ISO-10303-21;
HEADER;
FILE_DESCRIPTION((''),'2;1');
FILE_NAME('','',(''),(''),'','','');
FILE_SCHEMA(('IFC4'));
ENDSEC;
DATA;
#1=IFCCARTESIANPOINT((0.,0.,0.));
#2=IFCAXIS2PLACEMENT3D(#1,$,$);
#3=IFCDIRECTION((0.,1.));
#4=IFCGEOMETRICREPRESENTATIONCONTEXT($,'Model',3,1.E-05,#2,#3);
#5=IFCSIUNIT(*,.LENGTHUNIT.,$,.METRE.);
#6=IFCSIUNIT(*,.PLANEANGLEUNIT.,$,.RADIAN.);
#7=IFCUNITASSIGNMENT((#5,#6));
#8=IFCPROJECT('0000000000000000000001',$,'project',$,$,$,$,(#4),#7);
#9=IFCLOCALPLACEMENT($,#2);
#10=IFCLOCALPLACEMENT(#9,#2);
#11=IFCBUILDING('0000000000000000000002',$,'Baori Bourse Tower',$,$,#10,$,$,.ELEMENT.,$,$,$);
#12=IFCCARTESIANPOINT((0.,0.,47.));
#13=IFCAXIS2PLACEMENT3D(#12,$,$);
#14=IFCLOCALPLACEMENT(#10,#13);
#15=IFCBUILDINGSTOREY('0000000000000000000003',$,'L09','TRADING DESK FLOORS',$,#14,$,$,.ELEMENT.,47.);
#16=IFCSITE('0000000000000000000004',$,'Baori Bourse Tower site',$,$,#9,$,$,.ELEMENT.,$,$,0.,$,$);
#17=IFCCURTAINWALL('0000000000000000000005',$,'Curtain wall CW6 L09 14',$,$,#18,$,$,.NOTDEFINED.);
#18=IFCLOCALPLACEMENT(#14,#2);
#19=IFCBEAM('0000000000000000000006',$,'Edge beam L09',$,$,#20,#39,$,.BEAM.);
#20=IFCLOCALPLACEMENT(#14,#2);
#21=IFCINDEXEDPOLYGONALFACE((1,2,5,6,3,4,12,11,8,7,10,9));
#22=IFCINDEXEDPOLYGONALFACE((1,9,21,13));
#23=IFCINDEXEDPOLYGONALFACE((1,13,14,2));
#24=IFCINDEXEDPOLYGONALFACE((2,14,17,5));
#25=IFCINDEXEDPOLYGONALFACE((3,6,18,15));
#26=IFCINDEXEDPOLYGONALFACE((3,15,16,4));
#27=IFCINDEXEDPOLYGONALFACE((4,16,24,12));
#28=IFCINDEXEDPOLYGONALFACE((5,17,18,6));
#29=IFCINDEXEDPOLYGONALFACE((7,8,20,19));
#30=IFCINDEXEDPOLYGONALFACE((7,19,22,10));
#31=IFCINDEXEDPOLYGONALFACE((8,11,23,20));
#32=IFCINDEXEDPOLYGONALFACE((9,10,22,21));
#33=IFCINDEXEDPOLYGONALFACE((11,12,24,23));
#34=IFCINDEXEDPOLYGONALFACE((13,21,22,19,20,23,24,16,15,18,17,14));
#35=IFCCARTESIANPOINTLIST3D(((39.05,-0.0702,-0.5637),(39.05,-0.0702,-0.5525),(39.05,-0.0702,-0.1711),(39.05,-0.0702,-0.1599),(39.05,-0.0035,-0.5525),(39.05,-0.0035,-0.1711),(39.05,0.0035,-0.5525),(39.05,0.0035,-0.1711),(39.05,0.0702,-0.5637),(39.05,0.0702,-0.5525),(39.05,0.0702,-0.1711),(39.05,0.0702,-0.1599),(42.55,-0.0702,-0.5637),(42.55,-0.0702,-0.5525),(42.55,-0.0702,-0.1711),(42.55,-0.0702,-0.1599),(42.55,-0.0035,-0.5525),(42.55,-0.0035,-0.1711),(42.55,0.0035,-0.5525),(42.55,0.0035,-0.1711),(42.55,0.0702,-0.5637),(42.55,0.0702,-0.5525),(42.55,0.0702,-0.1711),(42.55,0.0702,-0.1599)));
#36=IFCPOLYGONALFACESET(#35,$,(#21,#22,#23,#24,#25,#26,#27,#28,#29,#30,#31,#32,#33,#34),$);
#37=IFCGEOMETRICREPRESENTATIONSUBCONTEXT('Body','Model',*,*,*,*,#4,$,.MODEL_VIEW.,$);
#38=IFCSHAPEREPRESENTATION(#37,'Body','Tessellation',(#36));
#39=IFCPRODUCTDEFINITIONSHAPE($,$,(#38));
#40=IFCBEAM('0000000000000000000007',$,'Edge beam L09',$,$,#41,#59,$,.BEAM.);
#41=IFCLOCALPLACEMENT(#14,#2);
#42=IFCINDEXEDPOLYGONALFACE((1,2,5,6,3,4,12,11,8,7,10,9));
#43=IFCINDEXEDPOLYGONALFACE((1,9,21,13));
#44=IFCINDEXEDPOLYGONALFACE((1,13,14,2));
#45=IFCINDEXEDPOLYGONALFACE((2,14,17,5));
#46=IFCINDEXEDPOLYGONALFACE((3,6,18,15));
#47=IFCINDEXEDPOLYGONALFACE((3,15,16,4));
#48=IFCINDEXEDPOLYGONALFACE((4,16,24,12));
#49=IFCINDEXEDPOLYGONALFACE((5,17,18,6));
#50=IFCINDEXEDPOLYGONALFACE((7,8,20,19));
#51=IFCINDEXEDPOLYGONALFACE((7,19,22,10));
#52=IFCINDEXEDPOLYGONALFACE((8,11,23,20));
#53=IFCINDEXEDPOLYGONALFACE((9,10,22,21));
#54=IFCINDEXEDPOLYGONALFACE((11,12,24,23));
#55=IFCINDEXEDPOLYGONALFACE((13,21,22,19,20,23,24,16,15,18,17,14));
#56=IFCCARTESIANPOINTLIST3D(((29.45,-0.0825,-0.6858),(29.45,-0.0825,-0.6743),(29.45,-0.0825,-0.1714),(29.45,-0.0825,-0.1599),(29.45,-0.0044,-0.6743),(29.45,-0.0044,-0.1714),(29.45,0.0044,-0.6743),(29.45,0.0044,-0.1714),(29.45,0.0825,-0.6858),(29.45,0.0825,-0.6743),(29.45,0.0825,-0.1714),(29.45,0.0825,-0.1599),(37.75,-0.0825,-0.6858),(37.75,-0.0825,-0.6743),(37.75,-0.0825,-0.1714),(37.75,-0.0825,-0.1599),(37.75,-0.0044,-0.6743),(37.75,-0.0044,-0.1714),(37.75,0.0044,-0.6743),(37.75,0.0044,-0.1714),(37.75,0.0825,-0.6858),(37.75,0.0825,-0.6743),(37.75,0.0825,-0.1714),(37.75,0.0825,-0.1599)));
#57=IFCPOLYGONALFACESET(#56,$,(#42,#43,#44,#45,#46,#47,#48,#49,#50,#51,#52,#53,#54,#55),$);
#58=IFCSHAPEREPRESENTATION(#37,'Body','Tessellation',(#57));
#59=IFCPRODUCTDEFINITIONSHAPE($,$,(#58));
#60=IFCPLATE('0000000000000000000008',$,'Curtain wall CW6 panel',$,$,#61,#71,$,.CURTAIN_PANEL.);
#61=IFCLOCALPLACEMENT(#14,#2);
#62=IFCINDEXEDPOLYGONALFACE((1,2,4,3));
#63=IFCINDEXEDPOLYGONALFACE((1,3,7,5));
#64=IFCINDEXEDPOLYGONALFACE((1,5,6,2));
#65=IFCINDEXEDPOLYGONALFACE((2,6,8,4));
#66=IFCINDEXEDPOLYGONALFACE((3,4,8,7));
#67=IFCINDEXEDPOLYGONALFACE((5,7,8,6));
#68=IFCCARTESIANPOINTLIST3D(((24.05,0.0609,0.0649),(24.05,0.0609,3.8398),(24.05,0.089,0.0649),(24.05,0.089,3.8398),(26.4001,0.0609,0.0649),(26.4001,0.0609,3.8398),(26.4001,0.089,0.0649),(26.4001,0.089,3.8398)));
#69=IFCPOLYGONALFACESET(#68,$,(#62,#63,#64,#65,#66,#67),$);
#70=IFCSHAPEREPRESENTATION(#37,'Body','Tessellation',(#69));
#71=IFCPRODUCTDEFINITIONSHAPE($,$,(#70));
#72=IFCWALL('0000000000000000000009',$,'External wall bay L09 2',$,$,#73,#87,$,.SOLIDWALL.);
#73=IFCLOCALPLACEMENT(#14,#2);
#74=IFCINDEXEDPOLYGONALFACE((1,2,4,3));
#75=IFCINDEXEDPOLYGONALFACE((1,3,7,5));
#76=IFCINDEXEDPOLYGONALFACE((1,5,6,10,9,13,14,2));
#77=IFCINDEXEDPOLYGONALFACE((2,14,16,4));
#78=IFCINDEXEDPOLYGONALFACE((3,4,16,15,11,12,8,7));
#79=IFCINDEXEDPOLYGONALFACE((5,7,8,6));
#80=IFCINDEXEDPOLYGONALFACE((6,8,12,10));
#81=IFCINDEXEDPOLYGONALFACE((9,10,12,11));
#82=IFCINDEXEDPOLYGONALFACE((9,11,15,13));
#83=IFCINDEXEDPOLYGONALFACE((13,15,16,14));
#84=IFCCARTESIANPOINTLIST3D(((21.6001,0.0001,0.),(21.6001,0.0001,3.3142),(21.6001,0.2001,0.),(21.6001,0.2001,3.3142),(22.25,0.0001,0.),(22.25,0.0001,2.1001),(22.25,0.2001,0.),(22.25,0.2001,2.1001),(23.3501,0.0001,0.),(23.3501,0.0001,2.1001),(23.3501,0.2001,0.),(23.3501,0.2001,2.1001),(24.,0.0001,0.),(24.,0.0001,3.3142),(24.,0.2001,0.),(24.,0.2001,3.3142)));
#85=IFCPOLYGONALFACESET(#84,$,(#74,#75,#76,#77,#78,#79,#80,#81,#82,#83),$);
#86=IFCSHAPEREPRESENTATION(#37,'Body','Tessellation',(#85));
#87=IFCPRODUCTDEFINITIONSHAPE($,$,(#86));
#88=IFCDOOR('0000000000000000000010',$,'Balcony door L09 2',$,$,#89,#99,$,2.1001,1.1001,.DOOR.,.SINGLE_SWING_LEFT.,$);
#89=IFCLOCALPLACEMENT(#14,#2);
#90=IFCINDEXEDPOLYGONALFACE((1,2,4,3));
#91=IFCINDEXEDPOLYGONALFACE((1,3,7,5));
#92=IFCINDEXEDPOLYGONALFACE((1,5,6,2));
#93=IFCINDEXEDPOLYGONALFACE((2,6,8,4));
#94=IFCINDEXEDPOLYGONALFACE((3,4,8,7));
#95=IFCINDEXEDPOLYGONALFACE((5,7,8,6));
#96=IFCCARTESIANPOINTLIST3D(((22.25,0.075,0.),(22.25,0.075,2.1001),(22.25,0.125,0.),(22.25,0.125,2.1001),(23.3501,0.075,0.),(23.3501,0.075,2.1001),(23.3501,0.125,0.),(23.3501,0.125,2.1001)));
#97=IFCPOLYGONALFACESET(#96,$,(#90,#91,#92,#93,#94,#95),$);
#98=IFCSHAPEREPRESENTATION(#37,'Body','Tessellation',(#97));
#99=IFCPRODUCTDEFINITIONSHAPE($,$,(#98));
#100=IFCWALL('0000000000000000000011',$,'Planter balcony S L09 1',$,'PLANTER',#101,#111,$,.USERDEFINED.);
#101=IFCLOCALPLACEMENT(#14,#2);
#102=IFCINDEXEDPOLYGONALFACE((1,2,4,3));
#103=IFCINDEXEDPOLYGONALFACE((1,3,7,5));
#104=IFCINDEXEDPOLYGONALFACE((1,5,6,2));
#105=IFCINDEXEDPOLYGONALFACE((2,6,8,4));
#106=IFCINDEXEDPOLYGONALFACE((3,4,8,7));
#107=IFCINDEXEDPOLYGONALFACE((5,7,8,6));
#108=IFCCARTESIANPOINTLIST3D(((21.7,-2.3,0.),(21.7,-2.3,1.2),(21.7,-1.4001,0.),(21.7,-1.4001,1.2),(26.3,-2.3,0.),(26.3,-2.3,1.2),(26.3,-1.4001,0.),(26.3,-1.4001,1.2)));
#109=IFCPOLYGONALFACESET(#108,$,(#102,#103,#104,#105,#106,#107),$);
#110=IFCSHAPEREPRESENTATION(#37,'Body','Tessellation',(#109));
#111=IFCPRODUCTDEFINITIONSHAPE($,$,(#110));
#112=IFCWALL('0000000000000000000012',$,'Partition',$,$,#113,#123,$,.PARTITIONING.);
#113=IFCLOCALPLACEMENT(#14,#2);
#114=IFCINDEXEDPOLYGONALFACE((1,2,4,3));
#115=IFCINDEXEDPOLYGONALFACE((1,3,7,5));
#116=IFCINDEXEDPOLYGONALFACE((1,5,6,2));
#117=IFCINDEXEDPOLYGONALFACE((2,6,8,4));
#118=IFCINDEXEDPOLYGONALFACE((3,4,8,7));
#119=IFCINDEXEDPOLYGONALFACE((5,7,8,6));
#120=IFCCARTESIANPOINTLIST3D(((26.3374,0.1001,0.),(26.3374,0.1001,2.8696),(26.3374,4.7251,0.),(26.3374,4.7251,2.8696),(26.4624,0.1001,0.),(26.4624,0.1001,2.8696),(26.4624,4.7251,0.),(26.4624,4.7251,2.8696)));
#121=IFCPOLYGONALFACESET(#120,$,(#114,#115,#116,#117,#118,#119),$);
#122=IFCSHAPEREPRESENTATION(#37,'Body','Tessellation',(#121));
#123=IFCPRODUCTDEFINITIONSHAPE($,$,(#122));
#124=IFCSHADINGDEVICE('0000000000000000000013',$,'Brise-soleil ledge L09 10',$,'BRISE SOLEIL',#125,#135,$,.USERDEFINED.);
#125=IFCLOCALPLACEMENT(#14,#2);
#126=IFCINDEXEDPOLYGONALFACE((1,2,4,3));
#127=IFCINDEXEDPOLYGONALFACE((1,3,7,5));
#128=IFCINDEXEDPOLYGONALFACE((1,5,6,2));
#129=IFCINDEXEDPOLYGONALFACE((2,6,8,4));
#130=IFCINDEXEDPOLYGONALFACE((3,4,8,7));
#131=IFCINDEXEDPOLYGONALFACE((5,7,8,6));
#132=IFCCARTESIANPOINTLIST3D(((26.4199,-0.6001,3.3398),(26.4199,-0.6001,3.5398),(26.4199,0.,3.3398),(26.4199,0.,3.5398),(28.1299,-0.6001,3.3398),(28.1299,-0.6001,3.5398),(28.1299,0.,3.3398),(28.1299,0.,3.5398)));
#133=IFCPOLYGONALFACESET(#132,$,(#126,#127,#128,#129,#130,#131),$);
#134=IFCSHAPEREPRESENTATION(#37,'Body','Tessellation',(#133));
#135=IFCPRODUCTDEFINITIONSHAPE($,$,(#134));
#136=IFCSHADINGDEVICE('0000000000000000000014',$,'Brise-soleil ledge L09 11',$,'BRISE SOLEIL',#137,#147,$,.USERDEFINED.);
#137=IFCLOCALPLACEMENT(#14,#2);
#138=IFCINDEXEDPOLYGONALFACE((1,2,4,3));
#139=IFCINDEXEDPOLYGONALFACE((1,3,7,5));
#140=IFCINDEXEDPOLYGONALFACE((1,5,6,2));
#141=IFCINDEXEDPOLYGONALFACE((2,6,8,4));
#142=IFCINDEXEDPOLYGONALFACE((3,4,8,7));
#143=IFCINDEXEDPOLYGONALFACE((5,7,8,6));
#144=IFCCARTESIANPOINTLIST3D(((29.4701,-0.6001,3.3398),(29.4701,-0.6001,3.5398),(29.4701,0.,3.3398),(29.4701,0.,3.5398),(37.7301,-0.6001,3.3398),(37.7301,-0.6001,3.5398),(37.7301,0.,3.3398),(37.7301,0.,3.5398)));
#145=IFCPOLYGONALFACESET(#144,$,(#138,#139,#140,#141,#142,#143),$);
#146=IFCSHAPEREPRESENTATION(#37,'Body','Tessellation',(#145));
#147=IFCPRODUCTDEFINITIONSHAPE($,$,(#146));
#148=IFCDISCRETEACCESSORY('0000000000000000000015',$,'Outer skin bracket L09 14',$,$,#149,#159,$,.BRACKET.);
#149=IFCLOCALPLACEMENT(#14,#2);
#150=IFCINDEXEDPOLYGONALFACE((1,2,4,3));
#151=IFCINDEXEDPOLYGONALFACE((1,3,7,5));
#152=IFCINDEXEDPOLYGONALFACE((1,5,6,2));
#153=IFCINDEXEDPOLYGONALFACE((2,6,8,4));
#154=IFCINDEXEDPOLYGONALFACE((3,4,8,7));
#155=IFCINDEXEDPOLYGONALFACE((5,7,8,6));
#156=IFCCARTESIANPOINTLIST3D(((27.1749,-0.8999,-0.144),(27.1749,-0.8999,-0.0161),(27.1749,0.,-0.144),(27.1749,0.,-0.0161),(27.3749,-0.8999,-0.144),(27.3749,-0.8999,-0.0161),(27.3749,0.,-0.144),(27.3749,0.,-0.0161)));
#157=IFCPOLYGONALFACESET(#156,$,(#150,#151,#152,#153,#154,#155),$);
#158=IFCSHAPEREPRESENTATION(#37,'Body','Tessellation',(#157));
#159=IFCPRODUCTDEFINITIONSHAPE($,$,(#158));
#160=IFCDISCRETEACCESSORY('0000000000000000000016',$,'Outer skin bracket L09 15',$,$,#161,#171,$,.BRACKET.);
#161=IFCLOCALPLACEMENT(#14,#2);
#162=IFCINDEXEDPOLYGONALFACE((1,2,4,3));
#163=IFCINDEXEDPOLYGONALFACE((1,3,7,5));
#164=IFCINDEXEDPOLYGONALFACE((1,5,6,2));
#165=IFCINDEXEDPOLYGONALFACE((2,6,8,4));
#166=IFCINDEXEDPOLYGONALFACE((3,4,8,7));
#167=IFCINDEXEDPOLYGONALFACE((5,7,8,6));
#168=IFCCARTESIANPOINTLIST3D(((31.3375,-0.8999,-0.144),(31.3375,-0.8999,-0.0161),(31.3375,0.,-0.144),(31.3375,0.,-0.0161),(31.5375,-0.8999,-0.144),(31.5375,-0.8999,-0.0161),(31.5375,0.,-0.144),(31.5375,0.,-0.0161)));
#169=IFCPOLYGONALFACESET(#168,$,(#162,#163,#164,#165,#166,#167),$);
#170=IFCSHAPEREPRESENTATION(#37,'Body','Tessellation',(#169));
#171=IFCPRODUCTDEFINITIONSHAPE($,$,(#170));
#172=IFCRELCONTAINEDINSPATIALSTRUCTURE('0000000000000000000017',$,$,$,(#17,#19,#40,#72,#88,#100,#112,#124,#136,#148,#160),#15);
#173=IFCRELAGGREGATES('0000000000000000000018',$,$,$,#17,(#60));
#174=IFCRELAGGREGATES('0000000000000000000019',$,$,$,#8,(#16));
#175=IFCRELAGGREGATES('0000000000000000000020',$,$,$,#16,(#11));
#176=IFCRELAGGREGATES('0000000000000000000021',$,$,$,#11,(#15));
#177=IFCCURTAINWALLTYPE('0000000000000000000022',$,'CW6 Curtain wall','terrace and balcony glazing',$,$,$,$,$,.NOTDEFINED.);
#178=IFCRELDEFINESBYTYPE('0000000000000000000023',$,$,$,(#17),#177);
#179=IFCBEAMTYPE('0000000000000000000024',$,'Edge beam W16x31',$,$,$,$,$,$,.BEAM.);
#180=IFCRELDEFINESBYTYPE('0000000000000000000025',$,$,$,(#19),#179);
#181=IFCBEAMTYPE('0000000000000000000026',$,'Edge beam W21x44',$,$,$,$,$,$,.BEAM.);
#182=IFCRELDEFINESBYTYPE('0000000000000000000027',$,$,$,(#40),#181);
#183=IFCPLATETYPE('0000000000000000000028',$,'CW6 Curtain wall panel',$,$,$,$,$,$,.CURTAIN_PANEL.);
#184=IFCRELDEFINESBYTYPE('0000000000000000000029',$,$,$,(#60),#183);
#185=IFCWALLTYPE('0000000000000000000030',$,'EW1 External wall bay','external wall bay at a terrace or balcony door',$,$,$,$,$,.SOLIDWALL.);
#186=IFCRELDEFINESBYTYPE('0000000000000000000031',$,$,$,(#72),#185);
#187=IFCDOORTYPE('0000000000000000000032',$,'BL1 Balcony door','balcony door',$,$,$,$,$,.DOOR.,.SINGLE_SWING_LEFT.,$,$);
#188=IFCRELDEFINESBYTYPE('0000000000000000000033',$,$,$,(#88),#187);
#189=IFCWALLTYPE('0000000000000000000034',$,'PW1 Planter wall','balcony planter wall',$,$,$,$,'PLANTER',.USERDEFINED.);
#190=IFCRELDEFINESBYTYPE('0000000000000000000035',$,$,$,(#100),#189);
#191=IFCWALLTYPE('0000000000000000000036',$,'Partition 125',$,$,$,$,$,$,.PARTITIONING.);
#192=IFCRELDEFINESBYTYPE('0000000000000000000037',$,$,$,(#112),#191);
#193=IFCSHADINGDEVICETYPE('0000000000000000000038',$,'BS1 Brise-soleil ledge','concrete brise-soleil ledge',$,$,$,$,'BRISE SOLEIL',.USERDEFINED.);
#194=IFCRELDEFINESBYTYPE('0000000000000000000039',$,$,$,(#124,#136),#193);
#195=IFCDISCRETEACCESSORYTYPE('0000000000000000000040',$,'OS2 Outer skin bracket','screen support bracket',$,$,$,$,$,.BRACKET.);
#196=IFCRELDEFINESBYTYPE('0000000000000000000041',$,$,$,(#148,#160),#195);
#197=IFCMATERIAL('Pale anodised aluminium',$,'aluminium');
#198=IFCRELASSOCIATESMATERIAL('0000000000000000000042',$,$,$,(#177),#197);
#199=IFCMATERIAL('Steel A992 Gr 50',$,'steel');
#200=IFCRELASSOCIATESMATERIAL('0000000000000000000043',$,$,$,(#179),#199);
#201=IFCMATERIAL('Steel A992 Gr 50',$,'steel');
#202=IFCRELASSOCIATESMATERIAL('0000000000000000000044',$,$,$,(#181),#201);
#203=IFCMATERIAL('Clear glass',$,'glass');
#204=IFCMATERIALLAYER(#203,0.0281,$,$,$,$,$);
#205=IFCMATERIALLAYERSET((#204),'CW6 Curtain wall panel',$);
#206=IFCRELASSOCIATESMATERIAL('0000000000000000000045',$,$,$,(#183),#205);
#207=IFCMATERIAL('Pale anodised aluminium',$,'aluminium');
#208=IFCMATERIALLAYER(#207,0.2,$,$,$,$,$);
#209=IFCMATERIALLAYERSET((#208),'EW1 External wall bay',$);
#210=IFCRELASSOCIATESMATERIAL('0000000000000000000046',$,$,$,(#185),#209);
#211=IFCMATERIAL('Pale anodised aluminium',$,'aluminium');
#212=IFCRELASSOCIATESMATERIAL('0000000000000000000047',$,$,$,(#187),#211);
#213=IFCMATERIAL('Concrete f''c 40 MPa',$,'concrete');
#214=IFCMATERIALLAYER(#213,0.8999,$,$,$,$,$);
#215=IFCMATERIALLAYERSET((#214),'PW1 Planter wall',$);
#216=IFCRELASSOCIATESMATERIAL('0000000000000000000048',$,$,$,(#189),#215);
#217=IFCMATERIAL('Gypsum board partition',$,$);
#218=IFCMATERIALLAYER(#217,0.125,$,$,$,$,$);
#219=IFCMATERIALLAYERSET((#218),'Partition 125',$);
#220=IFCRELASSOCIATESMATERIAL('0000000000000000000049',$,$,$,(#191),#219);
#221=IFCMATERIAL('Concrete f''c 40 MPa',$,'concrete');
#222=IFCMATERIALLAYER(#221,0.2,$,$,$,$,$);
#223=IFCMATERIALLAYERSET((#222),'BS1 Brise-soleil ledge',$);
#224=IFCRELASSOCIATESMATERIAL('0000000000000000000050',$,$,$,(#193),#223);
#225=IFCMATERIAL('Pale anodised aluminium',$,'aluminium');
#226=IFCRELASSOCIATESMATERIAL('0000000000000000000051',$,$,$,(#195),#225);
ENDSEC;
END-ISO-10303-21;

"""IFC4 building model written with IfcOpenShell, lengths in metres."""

from ifc_helpers import new_model, si_unit, direction, frame, frame_2d, origin, origin_2d, place, context, subcontext, project, spatial, rectangle, i_section, extrude, material, layer, layer_set, material_profile, profile_set, type_object, element, fill, aggregate, save


model = new_model("IFC4")

# Units and contexts
model_context = context("Model", 3, precision=1e-05, world=origin(), true_north=direction((0.0, 1.0)))
body_context = subcontext(model_context, "Body", "Model", "MODEL_VIEW")
ifc_project = project(units=[si_unit("LENGTHUNIT", "METRE"), si_unit("PLANEANGLEUNIT", "RADIAN")], contexts=[model_context])

# Site, building, storey
site_placement = place(None, origin())
site = spatial("IfcSite", under=ifc_project, at=site_placement, Name="Baori Bourse Tower site", CompositionType="ELEMENT", RefElevation=0.0)
building_placement = place(site_placement, origin())
building = spatial("IfcBuilding", under=site, at=building_placement, Name="Baori Bourse Tower", CompositionType="ELEMENT")
storey_placement = place(building_placement, frame((0.0, 0.0, 47.0)))
storey = spatial("IfcBuildingStorey", under=building, at=storey_placement, Name="L09", Description="TRADING DESK FLOORS", CompositionType="ELEMENT", Elevation=47.0)

# Curtain wall
ifc_material_1 = material(Name="Pale anodised aluminium", Category="aluminium")
curtain_wall_type_1 = type_object("IfcCurtainWallType", Name="CW6 Curtain wall", Description="terrace and balcony glazing", PredefinedType="NOTDEFINED", material=ifc_material_1)
curtain_wall_1_placement = place(storey_placement, origin())
curtain_wall_1 = element("IfcCurtainWall", 1, at=curtain_wall_1_placement, inside=storey, type_object=curtain_wall_type_1, Name="Curtain wall CW6 L09 14", PredefinedType="NOTDEFINED")

# Beams
ifc_material_2 = material(Name="Steel A992 Gr 50", Category="steel")
ifc_material_profile_1 = material_profile(ifc_material_2, i_section(OverallWidth=0.1404, OverallDepth=0.4038, WebThickness=0.0071, FlangeThickness=0.0112, at=origin_2d()), Name="W16x31")
ifc_profile_set_1 = profile_set([ifc_material_profile_1], Name="Steel A992 Gr 50")
beam_type_1 = type_object("IfcBeamType", Name="Edge beam W16x31", PredefinedType="BEAM", material=ifc_profile_set_1)
beam_1_placement = place(storey_placement, frame((39.05, 0.0, -0.3618), z_axis=(1.0, 0.0, 0.0), x_axis=(0.0, 1.0, 0.0)))
element("IfcBeam", 2, at=beam_1_placement, inside=storey, type_object=beam_type_1, Name="Edge beam L09", PredefinedType="BEAM", context=body_context, shape_type="SweptSolid", body=[
    extrude(i_section(OverallWidth=0.1404, OverallDepth=0.4038, WebThickness=0.0071, FlangeThickness=0.0112, at=origin_2d()), origin(), (0.0, 0.0, 1.0), 3.5),
])
ifc_material_3 = material(Name="Steel A992 Gr 50", Category="steel")
ifc_material_profile_2 = material_profile(ifc_material_3, i_section(OverallWidth=0.165, OverallDepth=0.5259, WebThickness=0.0088, FlangeThickness=0.0115, at=origin_2d()), Name="W21x44")
ifc_profile_set_2 = profile_set([ifc_material_profile_2], Name="Steel A992 Gr 50")
beam_type_2 = type_object("IfcBeamType", Name="Edge beam W21x44", PredefinedType="BEAM", material=ifc_profile_set_2)
beam_2_placement = place(storey_placement, frame((29.45, 0.0, -0.4229), z_axis=(1.0, 0.0, 0.0), x_axis=(0.0, 1.0, 0.0)))
element("IfcBeam", 3, at=beam_2_placement, inside=storey, type_object=beam_type_2, Name="Edge beam L09", PredefinedType="BEAM", context=body_context, shape_type="SweptSolid", body=[
    extrude(i_section(OverallWidth=0.165, OverallDepth=0.5259, WebThickness=0.0088, FlangeThickness=0.0115, at=origin_2d()), origin(), (0.0, 0.0, 1.0), 8.3),
])

# Plate
ifc_material_4 = material(Name="Clear glass", Category="glass")
ifc_layer_1 = layer(ifc_material_4, 0.0281)
ifc_layer_set_1 = layer_set([ifc_layer_1], Name="CW6 Curtain wall panel")
plate_type = type_object("IfcPlateType", Name="CW6 Curtain wall panel", PredefinedType="CURTAIN_PANEL", material=ifc_layer_set_1)
plate_placement = place(storey_placement, frame((25.2251, 0.075, 0.0649), z_axis=(0.0, 0.0, 1.0), x_axis=(1.0, 0.0, 0.0)))
plate = element("IfcPlate", 4, at=plate_placement, type_object=plate_type, Name="Curtain wall CW6 panel", PredefinedType="CURTAIN_PANEL", context=body_context, shape_type="SweptSolid", body=[
    extrude(rectangle(XDim=2.3501, YDim=0.0281, at=origin_2d()), origin(), (0.0, 0.0, 1.0), 3.7749),
])
aggregate(curtain_wall_1, [plate])

# Wall, opening, door
ifc_material_5 = material(Name="Pale anodised aluminium", Category="aluminium")
ifc_layer_2 = layer(ifc_material_5, 0.2)
ifc_layer_set_2 = layer_set([ifc_layer_2], Name="EW1 External wall bay")
wall_type_1 = type_object("IfcWallType", Name="EW1 External wall bay", Description="external wall bay at a terrace or balcony door", PredefinedType="SOLIDWALL", material=ifc_layer_set_2)
wall_1_placement = place(storey_placement, frame((21.6001, 0.1001, 0.0), z_axis=(0.0, 0.0, 1.0), x_axis=(1.0, 0.0, 0.0)))
wall_1 = element("IfcWall", 5, at=wall_1_placement, inside=storey, type_object=wall_type_1, Name="External wall bay L09 2", PredefinedType="SOLIDWALL", context=body_context, shape_type="SweptSolid", body=[
    extrude(rectangle(XDim=2.3999, YDim=0.2, at=frame_2d((1.2, 0.0))), origin(), (0.0, 0.0, 1.0), 3.3142),
])
opening_placement = place(wall_1_placement, frame((0.6499, 0.0, 0.0)))
opening = element("IfcOpeningElement", 6, at=opening_placement, cuts=wall_1, PredefinedType="OPENING", context=body_context, shape_type="SweptSolid", body=[
    extrude(rectangle(XDim=1.1001, YDim=2.1001, at=frame_2d((0.55, 1.05))), frame((0.0, 0.1099, 0.0), z_axis=(0.0, -1.0, 0.0), x_axis=(1.0, 0.0, 0.0)), (0.0, 0.0, 1.0), 0.22),
])
ifc_material_6 = material(Name="Pale anodised aluminium", Category="aluminium")
door_type = type_object("IfcDoorType", Name="BL1 Balcony door", Description="balcony door", OperationType="SINGLE_SWING_LEFT", PredefinedType="DOOR", material=ifc_material_6)
door_placement = place(opening_placement, origin())
door = element("IfcDoor", 7, at=door_placement, inside=storey, type_object=door_type, Name="Balcony door L09 2", OperationType="SINGLE_SWING_LEFT", OverallHeight=2.1001, OverallWidth=1.1001, PredefinedType="DOOR", context=body_context, shape_type="SweptSolid", body=[
    extrude(rectangle(XDim=1.1001, YDim=2.1001, at=frame_2d((0.55, 1.05))), frame((0.0, 0.0249, 0.0), z_axis=(0.0, -1.0, 0.0), x_axis=(1.0, 0.0, 0.0)), (0.0, 0.0, 1.0), 0.05),
])
fill(opening, door)

# Walls
ifc_material_7 = material(Name="Concrete f'c 40 MPa", Category="concrete")
ifc_layer_3 = layer(ifc_material_7, 0.8999)
ifc_layer_set_3 = layer_set([ifc_layer_3], Name="PW1 Planter wall")
wall_type_2 = type_object("IfcWallType", Name="PW1 Planter wall", Description="balcony planter wall", ElementType="PLANTER", PredefinedType="USERDEFINED", material=ifc_layer_set_3)
wall_2_placement = place(storey_placement, frame((21.7, -1.8501, 0.0), z_axis=(0.0, 0.0, 1.0), x_axis=(1.0, 0.0, 0.0)))
element("IfcWall", 8, at=wall_2_placement, inside=storey, type_object=wall_type_2, Name="Planter balcony S L09 1", ObjectType="PLANTER", PredefinedType="USERDEFINED", context=body_context, shape_type="SweptSolid", body=[
    extrude(rectangle(XDim=4.6001, YDim=0.8999, at=frame_2d((2.3, 0.0))), origin(), (0.0, 0.0, 1.0), 1.2),
])
ifc_material_8 = material(Name="Gypsum board partition")
ifc_layer_4 = layer(ifc_material_8, 0.125)
ifc_layer_set_4 = layer_set([ifc_layer_4], Name="Partition 125")
wall_type_3 = type_object("IfcWallType", Name="Partition 125", PredefinedType="PARTITIONING", material=ifc_layer_set_4)
wall_3_placement = place(storey_placement, frame((26.3999, 0.1001, 0.0), z_axis=(0.0, 0.0, 1.0), x_axis=(0.0, 1.0, 0.0)))
element("IfcWall", 9, at=wall_3_placement, inside=storey, type_object=wall_type_3, Name="Partition", PredefinedType="PARTITIONING", context=body_context, shape_type="SweptSolid", body=[
    extrude(rectangle(XDim=4.625, YDim=0.125, at=frame_2d((2.3125, 0.0))), origin(), (0.0, 0.0, 1.0), 2.8696),
])

# Shading devices
ifc_material_9 = material(Name="Concrete f'c 40 MPa", Category="concrete")
ifc_layer_5 = layer(ifc_material_9, 0.2)
ifc_layer_set_5 = layer_set([ifc_layer_5], Name="BS1 Brise-soleil ledge")
shading_device_type = type_object("IfcShadingDeviceType", Name="BS1 Brise-soleil ledge", Description="concrete brise-soleil ledge", ElementType="BRISE SOLEIL", PredefinedType="USERDEFINED", material=ifc_layer_set_5)
shading_device_1_placement = place(storey_placement, frame((27.2749, -0.3, 3.3398), z_axis=(0.0, 0.0, 1.0), x_axis=(1.0, 0.0, 0.0)))
element("IfcShadingDevice", 10, at=shading_device_1_placement, inside=storey, type_object=shading_device_type, Name="Brise-soleil ledge L09 10", ObjectType="BRISE SOLEIL", PredefinedType="USERDEFINED", context=body_context, shape_type="SweptSolid", body=[
    extrude(rectangle(XDim=1.71, YDim=0.6001, at=origin_2d()), origin(), (0.0, 0.0, 1.0), 0.2),
])
shading_device_2_placement = place(storey_placement, frame((33.6001, -0.3, 3.3398), z_axis=(0.0, 0.0, 1.0), x_axis=(1.0, 0.0, 0.0)))
element("IfcShadingDevice", 11, at=shading_device_2_placement, inside=storey, type_object=shading_device_type, Name="Brise-soleil ledge L09 11", ObjectType="BRISE SOLEIL", PredefinedType="USERDEFINED", context=body_context, shape_type="SweptSolid", body=[
    extrude(rectangle(XDim=8.26, YDim=0.6001, at=origin_2d()), origin(), (0.0, 0.0, 1.0), 0.2),
])

# Discrete accessories
ifc_material_10 = material(Name="Pale anodised aluminium", Category="aluminium")
discrete_accessory_type = type_object("IfcDiscreteAccessoryType", Name="OS2 Outer skin bracket", Description="screen support bracket", PredefinedType="BRACKET", material=ifc_material_10)
for number, where, z_axis, x_axis, name in (
    (12, (27.2749, -0.45, -0.144), (0.0, 0.0, 1.0), (1.0, 0.0, 0.0), "Outer skin bracket L09 14"),
    (13, (31.4375, -0.45, -0.144), (0.0, 0.0, 1.0), (1.0, 0.0, 0.0), "Outer skin bracket L09 15"),
):
    element("IfcDiscreteAccessory", number, at=place(storey_placement, frame(where, z_axis=z_axis, x_axis=x_axis)), inside=storey, type_object=discrete_accessory_type, Name=name, PredefinedType="BRACKET", context=body_context, shape_type="SweptSolid", body=[
        extrude(rectangle(XDim=0.2, YDim=0.8999, at=origin_2d()), origin(), (0.0, 0.0, 1.0), 0.1279),
    ])

save(model, "model.ifc")
